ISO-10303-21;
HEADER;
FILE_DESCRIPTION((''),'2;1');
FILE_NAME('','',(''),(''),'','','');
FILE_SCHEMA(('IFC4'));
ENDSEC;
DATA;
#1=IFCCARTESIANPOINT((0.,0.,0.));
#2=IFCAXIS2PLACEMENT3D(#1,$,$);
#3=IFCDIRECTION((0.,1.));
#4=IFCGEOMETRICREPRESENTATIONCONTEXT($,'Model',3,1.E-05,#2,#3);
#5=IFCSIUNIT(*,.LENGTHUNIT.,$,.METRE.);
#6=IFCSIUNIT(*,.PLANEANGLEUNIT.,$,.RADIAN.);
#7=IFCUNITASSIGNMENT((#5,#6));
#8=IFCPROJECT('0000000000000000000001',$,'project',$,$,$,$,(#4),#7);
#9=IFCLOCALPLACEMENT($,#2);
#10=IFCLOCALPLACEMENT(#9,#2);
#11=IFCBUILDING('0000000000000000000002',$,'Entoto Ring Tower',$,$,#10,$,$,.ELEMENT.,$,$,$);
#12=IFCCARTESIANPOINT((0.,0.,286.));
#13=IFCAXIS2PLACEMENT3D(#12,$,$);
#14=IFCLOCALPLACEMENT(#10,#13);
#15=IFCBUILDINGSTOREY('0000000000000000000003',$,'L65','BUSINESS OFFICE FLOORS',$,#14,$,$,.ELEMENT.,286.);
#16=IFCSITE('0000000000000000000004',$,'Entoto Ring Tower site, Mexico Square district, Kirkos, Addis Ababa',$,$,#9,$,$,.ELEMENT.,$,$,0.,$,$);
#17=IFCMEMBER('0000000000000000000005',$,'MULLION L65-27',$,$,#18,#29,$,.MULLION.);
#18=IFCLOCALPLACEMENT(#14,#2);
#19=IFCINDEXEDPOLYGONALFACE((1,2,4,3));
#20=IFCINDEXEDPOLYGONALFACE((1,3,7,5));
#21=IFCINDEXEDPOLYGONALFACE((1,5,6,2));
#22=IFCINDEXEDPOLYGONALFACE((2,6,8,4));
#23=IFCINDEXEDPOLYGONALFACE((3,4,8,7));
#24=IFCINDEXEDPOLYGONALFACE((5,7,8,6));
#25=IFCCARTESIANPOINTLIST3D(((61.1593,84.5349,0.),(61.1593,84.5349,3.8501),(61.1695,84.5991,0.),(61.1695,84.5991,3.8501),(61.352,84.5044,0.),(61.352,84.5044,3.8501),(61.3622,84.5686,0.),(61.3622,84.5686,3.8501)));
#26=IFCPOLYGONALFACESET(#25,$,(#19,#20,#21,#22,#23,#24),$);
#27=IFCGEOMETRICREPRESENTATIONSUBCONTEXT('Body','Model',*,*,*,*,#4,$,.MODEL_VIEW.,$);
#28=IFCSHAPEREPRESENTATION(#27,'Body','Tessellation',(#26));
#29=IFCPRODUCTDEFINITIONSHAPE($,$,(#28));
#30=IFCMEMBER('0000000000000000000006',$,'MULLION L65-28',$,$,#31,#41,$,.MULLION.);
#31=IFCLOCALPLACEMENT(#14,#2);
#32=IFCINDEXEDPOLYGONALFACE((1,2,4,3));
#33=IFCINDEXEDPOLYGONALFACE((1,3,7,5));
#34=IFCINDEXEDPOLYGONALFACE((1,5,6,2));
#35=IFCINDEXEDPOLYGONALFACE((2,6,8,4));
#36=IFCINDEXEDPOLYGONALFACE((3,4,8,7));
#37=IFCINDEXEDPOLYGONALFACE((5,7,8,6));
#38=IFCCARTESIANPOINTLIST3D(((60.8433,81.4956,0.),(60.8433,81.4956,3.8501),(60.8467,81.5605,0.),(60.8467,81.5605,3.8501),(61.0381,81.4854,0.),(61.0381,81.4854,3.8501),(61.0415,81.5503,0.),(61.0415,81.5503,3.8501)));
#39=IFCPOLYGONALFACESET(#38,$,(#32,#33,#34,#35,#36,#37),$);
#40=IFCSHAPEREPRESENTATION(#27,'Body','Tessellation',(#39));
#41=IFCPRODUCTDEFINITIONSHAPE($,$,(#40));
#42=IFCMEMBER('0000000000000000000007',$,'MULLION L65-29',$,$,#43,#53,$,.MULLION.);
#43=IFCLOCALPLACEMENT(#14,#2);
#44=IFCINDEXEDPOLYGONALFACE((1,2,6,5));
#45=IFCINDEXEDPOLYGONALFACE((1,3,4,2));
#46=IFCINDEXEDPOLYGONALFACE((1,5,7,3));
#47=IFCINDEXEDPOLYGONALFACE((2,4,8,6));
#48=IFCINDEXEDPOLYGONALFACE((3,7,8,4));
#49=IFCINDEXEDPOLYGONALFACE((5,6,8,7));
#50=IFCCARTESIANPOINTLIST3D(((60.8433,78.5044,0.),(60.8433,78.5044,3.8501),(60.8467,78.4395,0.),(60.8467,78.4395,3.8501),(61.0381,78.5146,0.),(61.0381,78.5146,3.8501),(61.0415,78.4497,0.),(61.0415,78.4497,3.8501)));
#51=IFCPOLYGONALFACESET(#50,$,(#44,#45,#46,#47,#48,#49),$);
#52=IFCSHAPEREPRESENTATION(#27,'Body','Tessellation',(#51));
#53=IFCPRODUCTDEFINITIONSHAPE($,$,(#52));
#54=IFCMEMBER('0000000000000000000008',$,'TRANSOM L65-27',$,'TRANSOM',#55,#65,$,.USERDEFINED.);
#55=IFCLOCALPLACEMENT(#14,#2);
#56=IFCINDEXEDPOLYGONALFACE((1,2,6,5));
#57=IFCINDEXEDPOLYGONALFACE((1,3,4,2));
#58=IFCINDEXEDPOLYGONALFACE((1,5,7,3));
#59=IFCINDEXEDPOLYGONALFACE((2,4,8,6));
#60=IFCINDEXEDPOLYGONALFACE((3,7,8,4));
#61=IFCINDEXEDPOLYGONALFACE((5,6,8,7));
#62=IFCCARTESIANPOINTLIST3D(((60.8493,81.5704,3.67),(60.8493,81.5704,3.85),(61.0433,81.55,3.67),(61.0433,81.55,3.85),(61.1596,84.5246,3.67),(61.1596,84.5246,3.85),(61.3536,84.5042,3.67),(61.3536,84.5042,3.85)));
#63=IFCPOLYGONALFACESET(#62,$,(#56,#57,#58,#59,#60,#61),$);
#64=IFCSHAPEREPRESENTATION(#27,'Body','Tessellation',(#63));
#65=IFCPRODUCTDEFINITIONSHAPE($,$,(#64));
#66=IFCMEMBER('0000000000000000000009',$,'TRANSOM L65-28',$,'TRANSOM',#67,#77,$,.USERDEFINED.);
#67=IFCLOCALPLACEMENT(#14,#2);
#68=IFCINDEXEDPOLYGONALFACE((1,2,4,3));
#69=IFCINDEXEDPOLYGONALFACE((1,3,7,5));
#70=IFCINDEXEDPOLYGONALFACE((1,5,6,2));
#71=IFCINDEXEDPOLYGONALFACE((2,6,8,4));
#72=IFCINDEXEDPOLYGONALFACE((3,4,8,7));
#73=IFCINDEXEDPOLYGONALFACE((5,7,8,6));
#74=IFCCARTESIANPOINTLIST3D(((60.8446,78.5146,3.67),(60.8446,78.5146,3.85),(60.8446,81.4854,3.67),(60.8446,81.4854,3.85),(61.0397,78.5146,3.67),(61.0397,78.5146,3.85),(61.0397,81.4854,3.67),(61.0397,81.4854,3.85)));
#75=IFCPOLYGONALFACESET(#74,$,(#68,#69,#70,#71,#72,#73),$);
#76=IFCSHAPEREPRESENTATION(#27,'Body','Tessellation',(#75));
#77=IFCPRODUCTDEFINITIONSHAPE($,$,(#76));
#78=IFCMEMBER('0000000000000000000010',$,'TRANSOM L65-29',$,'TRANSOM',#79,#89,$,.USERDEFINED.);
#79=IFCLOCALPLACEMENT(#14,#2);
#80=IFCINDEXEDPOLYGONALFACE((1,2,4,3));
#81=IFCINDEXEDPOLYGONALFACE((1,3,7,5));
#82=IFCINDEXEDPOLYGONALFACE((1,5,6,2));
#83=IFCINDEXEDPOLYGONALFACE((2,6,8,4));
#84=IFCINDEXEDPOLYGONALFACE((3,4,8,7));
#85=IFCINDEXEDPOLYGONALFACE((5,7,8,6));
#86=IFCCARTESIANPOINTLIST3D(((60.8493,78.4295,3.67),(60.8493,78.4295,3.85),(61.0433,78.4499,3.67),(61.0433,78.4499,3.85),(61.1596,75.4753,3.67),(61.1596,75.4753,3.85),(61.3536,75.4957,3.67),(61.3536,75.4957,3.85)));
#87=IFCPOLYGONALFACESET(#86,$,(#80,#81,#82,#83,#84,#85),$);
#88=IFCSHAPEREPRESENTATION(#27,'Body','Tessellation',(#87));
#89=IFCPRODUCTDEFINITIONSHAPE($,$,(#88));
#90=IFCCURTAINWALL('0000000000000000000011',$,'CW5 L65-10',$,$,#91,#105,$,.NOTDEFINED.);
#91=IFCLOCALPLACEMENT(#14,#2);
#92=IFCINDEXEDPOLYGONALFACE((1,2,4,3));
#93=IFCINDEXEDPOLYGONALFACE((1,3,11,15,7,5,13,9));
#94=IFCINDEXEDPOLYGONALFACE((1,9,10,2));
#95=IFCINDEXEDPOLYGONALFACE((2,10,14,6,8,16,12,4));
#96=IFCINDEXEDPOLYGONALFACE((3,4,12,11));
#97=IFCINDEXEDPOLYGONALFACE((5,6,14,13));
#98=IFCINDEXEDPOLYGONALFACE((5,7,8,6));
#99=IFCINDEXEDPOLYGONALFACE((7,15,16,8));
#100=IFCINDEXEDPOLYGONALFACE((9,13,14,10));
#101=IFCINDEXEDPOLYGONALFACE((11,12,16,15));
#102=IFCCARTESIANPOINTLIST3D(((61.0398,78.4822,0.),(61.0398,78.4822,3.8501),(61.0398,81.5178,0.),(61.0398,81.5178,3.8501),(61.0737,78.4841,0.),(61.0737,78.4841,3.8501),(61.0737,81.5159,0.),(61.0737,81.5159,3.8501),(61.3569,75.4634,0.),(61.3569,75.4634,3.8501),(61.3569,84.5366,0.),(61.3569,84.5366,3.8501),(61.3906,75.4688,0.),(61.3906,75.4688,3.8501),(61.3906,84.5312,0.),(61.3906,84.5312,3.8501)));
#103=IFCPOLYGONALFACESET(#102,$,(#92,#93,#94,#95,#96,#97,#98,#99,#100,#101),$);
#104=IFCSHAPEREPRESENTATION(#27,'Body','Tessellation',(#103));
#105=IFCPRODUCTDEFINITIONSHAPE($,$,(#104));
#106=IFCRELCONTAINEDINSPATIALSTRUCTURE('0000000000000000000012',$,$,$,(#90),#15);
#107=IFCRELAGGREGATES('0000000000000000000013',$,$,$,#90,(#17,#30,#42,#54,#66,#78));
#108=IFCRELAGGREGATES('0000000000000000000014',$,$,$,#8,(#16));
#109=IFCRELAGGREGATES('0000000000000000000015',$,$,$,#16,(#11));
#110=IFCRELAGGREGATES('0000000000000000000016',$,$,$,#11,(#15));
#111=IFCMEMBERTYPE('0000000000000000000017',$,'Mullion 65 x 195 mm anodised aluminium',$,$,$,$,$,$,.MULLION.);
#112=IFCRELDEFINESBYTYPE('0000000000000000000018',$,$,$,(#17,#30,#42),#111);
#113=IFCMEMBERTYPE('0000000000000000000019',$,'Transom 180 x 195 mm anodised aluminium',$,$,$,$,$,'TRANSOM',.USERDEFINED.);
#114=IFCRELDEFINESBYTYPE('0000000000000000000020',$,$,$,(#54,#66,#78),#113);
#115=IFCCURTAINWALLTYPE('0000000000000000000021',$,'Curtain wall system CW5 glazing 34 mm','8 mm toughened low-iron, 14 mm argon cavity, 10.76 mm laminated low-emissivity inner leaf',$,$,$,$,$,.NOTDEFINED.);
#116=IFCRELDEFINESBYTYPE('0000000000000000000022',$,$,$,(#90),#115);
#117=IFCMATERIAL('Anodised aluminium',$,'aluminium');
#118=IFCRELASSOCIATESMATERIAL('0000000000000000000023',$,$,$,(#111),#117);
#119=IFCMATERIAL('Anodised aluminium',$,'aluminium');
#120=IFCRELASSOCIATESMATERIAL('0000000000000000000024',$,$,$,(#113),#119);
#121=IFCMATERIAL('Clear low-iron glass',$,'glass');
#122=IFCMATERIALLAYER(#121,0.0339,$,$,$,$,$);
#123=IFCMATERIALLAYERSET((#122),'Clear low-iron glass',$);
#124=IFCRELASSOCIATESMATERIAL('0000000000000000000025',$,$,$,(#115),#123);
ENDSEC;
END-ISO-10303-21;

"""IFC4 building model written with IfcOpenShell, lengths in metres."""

from ifc_helpers import new_model, si_unit, direction, frame, origin, origin_2d, place, context, subcontext, project, spatial, polyline, rectangle, outline, extrude, material, layer, layer_set, material_profile, profile_set, type_object, element, aggregate, save


model = new_model("IFC4")

# Units and contexts
model_context = context("Model", 3, precision=1e-05, world=origin(), true_north=direction((0.0, 1.0)))
body_context = subcontext(model_context, "Body", "Model", "MODEL_VIEW")
ifc_project = project(units=[si_unit("LENGTHUNIT", "METRE"), si_unit("PLANEANGLEUNIT", "RADIAN")], contexts=[model_context])

# Members
ifc_material_1 = material(Name="Anodised aluminium", Category="aluminium")
ifc_material_profile_1 = material_profile(ifc_material_1, rectangle(XDim=0.0649, YDim=0.1951, at=origin_2d()), Name="Mullion 65 x 195 mm anodised aluminium")
ifc_profile_set_1 = profile_set([ifc_material_profile_1], Name="Anodised aluminium")
member_type_1 = type_object("IfcMemberType", Name="Mullion 65 x 195 mm anodised aluminium", PredefinedType="MULLION", material=ifc_profile_set_1)
site_placement = place(None, origin())
building_placement = place(site_placement, origin())
storey_placement = place(building_placement, frame((0.0, 0.0, 286.0)))
member_1_placement = place(storey_placement, frame((61.2607, 84.5518, 0.0), z_axis=(0.0, 0.0, 1.0), x_axis=(-0.156434, -0.987688, 0.0)))
member_1 = element("IfcMember", 1, at=member_1_placement, type_object=member_type_1, Name="MULLION L65-27", PredefinedType="MULLION", context=body_context, shape_type="SweptSolid", body=[
    extrude(rectangle(XDim=0.0649, YDim=0.1951, at=origin_2d()), origin(), (0.0, 0.0, 1.0), 3.8501),
])
member_2_placement = place(storey_placement, frame((60.9424, 81.5229, 0.0), z_axis=(0.0, 0.0, 1.0), x_axis=(-0.052336, -0.99863, 0.0)))
member_2 = element("IfcMember", 2, at=member_2_placement, type_object=member_type_1, Name="MULLION L65-28", PredefinedType="MULLION", context=body_context, shape_type="SweptSolid", body=[
    extrude(rectangle(XDim=0.0649, YDim=0.1951, at=origin_2d()), origin(), (0.0, 0.0, 1.0), 3.8501),
])
member_3_placement = place(storey_placement, frame((60.9424, 78.4771, 0.0), z_axis=(0.0, 0.0, 1.0), x_axis=(0.052336, -0.99863, 0.0)))
member_3 = element("IfcMember", 3, at=member_3_placement, type_object=member_type_1, Name="MULLION L65-29", PredefinedType="MULLION", context=body_context, shape_type="SweptSolid", body=[
    extrude(rectangle(XDim=0.0649, YDim=0.1951, at=origin_2d()), origin(), (0.0, 0.0, 1.0), 3.8501),
])
ifc_material_2 = material(Name="Anodised aluminium", Category="aluminium")
ifc_material_profile_2 = material_profile(ifc_material_2, rectangle(XDim=0.1951, YDim=0.1799, at=origin_2d()), Name="Transom 180 x 195 mm anodised aluminium")
ifc_profile_set_2 = profile_set([ifc_material_profile_2], Name="Anodised aluminium")
member_type_2 = type_object("IfcMemberType", Name="Transom 180 x 195 mm anodised aluminium", ElementType="TRANSOM", PredefinedType="USERDEFINED", material=ifc_profile_set_2)
member_4_placement = place(storey_placement, frame((61.2566, 84.5144, 3.76), z_axis=(-0.104467, -0.994528, 0.0), x_axis=(0.994528, -0.104467, 0.0)))
member_4 = element("IfcMember", 4, at=member_4_placement, type_object=member_type_2, Name="TRANSOM L65-27", ObjectType="TRANSOM", PredefinedType="USERDEFINED", context=body_context, shape_type="SweptSolid", body=[
    extrude(rectangle(XDim=0.1951, YDim=0.1799, at=origin_2d()), origin(), (0.0, 0.0, 1.0), 2.9705),
])
member_5_placement = place(storey_placement, frame((60.9421, 81.4854, 3.76), z_axis=(0.0, -1.0, 0.0), x_axis=(1.0, 0.0, 0.0)))
member_5 = element("IfcMember", 5, at=member_5_placement, type_object=member_type_2, Name="TRANSOM L65-28", ObjectType="TRANSOM", PredefinedType="USERDEFINED", context=body_context, shape_type="SweptSolid", body=[
    extrude(rectangle(XDim=0.1951, YDim=0.1799, at=origin_2d()), origin(), (0.0, 0.0, 1.0), 2.9707),
])
member_6_placement = place(storey_placement, frame((60.9463, 78.4397, 3.76), z_axis=(0.104467, -0.994528, 0.0), x_axis=(0.994528, 0.104467, 0.0)))
member_6 = element("IfcMember", 6, at=member_6_placement, type_object=member_type_2, Name="TRANSOM L65-29", ObjectType="TRANSOM", PredefinedType="USERDEFINED", context=body_context, shape_type="SweptSolid", body=[
    extrude(rectangle(XDim=0.1951, YDim=0.1799, at=origin_2d()), origin(), (0.0, 0.0, 1.0), 2.9705),
])

# Site, building, storey
site = spatial("IfcSite", under=ifc_project, at=site_placement, Name="Entoto Ring Tower site, Mexico Square district, Kirkos, Addis Ababa", CompositionType="ELEMENT", RefElevation=0.0)
building = spatial("IfcBuilding", under=site, at=building_placement, Name="Entoto Ring Tower", CompositionType="ELEMENT")
storey = spatial("IfcBuildingStorey", under=building, at=storey_placement, Name="L65", Description="BUSINESS OFFICE FLOORS", CompositionType="ELEMENT", Elevation=286.0)

# Curtain wall
ifc_material_3 = material(Name="Clear low-iron glass", Category="glass")
ifc_layer = layer(ifc_material_3, 0.0339)
ifc_layer_set = layer_set([ifc_layer], Name="Clear low-iron glass")
curtain_wall_type = type_object("IfcCurtainWallType", Name="Curtain wall system CW5 glazing 34 mm", Description="8 mm toughened low-iron, 14 mm argon cavity, 10.76 mm laminated low-emissivity inner leaf", PredefinedType="NOTDEFINED", material=ifc_layer_set)
curtain_wall_1_placement = place(storey_placement, origin())
curtain_wall_1 = element("IfcCurtainWall", 7, at=curtain_wall_1_placement, inside=storey, type_object=curtain_wall_type, Name="CW5 L65-10", PredefinedType="NOTDEFINED", context=body_context, shape_type="SweptSolid", body=[
    extrude(outline(polyline([(61.3569, 84.5366), (61.0398, 81.5178), (61.0398, 78.4822), (61.3569, 75.4634), (61.3906, 75.4688), (61.0737, 78.4841), (61.0737, 81.5159), (61.3906, 84.5312), (61.3569, 84.5366)])), origin(), (0.0, 0.0, 1.0), 3.8501),
])
aggregate(curtain_wall_1, [member_1, member_2, member_3, member_4, member_5, member_6])

save(model, "model.ifc")
